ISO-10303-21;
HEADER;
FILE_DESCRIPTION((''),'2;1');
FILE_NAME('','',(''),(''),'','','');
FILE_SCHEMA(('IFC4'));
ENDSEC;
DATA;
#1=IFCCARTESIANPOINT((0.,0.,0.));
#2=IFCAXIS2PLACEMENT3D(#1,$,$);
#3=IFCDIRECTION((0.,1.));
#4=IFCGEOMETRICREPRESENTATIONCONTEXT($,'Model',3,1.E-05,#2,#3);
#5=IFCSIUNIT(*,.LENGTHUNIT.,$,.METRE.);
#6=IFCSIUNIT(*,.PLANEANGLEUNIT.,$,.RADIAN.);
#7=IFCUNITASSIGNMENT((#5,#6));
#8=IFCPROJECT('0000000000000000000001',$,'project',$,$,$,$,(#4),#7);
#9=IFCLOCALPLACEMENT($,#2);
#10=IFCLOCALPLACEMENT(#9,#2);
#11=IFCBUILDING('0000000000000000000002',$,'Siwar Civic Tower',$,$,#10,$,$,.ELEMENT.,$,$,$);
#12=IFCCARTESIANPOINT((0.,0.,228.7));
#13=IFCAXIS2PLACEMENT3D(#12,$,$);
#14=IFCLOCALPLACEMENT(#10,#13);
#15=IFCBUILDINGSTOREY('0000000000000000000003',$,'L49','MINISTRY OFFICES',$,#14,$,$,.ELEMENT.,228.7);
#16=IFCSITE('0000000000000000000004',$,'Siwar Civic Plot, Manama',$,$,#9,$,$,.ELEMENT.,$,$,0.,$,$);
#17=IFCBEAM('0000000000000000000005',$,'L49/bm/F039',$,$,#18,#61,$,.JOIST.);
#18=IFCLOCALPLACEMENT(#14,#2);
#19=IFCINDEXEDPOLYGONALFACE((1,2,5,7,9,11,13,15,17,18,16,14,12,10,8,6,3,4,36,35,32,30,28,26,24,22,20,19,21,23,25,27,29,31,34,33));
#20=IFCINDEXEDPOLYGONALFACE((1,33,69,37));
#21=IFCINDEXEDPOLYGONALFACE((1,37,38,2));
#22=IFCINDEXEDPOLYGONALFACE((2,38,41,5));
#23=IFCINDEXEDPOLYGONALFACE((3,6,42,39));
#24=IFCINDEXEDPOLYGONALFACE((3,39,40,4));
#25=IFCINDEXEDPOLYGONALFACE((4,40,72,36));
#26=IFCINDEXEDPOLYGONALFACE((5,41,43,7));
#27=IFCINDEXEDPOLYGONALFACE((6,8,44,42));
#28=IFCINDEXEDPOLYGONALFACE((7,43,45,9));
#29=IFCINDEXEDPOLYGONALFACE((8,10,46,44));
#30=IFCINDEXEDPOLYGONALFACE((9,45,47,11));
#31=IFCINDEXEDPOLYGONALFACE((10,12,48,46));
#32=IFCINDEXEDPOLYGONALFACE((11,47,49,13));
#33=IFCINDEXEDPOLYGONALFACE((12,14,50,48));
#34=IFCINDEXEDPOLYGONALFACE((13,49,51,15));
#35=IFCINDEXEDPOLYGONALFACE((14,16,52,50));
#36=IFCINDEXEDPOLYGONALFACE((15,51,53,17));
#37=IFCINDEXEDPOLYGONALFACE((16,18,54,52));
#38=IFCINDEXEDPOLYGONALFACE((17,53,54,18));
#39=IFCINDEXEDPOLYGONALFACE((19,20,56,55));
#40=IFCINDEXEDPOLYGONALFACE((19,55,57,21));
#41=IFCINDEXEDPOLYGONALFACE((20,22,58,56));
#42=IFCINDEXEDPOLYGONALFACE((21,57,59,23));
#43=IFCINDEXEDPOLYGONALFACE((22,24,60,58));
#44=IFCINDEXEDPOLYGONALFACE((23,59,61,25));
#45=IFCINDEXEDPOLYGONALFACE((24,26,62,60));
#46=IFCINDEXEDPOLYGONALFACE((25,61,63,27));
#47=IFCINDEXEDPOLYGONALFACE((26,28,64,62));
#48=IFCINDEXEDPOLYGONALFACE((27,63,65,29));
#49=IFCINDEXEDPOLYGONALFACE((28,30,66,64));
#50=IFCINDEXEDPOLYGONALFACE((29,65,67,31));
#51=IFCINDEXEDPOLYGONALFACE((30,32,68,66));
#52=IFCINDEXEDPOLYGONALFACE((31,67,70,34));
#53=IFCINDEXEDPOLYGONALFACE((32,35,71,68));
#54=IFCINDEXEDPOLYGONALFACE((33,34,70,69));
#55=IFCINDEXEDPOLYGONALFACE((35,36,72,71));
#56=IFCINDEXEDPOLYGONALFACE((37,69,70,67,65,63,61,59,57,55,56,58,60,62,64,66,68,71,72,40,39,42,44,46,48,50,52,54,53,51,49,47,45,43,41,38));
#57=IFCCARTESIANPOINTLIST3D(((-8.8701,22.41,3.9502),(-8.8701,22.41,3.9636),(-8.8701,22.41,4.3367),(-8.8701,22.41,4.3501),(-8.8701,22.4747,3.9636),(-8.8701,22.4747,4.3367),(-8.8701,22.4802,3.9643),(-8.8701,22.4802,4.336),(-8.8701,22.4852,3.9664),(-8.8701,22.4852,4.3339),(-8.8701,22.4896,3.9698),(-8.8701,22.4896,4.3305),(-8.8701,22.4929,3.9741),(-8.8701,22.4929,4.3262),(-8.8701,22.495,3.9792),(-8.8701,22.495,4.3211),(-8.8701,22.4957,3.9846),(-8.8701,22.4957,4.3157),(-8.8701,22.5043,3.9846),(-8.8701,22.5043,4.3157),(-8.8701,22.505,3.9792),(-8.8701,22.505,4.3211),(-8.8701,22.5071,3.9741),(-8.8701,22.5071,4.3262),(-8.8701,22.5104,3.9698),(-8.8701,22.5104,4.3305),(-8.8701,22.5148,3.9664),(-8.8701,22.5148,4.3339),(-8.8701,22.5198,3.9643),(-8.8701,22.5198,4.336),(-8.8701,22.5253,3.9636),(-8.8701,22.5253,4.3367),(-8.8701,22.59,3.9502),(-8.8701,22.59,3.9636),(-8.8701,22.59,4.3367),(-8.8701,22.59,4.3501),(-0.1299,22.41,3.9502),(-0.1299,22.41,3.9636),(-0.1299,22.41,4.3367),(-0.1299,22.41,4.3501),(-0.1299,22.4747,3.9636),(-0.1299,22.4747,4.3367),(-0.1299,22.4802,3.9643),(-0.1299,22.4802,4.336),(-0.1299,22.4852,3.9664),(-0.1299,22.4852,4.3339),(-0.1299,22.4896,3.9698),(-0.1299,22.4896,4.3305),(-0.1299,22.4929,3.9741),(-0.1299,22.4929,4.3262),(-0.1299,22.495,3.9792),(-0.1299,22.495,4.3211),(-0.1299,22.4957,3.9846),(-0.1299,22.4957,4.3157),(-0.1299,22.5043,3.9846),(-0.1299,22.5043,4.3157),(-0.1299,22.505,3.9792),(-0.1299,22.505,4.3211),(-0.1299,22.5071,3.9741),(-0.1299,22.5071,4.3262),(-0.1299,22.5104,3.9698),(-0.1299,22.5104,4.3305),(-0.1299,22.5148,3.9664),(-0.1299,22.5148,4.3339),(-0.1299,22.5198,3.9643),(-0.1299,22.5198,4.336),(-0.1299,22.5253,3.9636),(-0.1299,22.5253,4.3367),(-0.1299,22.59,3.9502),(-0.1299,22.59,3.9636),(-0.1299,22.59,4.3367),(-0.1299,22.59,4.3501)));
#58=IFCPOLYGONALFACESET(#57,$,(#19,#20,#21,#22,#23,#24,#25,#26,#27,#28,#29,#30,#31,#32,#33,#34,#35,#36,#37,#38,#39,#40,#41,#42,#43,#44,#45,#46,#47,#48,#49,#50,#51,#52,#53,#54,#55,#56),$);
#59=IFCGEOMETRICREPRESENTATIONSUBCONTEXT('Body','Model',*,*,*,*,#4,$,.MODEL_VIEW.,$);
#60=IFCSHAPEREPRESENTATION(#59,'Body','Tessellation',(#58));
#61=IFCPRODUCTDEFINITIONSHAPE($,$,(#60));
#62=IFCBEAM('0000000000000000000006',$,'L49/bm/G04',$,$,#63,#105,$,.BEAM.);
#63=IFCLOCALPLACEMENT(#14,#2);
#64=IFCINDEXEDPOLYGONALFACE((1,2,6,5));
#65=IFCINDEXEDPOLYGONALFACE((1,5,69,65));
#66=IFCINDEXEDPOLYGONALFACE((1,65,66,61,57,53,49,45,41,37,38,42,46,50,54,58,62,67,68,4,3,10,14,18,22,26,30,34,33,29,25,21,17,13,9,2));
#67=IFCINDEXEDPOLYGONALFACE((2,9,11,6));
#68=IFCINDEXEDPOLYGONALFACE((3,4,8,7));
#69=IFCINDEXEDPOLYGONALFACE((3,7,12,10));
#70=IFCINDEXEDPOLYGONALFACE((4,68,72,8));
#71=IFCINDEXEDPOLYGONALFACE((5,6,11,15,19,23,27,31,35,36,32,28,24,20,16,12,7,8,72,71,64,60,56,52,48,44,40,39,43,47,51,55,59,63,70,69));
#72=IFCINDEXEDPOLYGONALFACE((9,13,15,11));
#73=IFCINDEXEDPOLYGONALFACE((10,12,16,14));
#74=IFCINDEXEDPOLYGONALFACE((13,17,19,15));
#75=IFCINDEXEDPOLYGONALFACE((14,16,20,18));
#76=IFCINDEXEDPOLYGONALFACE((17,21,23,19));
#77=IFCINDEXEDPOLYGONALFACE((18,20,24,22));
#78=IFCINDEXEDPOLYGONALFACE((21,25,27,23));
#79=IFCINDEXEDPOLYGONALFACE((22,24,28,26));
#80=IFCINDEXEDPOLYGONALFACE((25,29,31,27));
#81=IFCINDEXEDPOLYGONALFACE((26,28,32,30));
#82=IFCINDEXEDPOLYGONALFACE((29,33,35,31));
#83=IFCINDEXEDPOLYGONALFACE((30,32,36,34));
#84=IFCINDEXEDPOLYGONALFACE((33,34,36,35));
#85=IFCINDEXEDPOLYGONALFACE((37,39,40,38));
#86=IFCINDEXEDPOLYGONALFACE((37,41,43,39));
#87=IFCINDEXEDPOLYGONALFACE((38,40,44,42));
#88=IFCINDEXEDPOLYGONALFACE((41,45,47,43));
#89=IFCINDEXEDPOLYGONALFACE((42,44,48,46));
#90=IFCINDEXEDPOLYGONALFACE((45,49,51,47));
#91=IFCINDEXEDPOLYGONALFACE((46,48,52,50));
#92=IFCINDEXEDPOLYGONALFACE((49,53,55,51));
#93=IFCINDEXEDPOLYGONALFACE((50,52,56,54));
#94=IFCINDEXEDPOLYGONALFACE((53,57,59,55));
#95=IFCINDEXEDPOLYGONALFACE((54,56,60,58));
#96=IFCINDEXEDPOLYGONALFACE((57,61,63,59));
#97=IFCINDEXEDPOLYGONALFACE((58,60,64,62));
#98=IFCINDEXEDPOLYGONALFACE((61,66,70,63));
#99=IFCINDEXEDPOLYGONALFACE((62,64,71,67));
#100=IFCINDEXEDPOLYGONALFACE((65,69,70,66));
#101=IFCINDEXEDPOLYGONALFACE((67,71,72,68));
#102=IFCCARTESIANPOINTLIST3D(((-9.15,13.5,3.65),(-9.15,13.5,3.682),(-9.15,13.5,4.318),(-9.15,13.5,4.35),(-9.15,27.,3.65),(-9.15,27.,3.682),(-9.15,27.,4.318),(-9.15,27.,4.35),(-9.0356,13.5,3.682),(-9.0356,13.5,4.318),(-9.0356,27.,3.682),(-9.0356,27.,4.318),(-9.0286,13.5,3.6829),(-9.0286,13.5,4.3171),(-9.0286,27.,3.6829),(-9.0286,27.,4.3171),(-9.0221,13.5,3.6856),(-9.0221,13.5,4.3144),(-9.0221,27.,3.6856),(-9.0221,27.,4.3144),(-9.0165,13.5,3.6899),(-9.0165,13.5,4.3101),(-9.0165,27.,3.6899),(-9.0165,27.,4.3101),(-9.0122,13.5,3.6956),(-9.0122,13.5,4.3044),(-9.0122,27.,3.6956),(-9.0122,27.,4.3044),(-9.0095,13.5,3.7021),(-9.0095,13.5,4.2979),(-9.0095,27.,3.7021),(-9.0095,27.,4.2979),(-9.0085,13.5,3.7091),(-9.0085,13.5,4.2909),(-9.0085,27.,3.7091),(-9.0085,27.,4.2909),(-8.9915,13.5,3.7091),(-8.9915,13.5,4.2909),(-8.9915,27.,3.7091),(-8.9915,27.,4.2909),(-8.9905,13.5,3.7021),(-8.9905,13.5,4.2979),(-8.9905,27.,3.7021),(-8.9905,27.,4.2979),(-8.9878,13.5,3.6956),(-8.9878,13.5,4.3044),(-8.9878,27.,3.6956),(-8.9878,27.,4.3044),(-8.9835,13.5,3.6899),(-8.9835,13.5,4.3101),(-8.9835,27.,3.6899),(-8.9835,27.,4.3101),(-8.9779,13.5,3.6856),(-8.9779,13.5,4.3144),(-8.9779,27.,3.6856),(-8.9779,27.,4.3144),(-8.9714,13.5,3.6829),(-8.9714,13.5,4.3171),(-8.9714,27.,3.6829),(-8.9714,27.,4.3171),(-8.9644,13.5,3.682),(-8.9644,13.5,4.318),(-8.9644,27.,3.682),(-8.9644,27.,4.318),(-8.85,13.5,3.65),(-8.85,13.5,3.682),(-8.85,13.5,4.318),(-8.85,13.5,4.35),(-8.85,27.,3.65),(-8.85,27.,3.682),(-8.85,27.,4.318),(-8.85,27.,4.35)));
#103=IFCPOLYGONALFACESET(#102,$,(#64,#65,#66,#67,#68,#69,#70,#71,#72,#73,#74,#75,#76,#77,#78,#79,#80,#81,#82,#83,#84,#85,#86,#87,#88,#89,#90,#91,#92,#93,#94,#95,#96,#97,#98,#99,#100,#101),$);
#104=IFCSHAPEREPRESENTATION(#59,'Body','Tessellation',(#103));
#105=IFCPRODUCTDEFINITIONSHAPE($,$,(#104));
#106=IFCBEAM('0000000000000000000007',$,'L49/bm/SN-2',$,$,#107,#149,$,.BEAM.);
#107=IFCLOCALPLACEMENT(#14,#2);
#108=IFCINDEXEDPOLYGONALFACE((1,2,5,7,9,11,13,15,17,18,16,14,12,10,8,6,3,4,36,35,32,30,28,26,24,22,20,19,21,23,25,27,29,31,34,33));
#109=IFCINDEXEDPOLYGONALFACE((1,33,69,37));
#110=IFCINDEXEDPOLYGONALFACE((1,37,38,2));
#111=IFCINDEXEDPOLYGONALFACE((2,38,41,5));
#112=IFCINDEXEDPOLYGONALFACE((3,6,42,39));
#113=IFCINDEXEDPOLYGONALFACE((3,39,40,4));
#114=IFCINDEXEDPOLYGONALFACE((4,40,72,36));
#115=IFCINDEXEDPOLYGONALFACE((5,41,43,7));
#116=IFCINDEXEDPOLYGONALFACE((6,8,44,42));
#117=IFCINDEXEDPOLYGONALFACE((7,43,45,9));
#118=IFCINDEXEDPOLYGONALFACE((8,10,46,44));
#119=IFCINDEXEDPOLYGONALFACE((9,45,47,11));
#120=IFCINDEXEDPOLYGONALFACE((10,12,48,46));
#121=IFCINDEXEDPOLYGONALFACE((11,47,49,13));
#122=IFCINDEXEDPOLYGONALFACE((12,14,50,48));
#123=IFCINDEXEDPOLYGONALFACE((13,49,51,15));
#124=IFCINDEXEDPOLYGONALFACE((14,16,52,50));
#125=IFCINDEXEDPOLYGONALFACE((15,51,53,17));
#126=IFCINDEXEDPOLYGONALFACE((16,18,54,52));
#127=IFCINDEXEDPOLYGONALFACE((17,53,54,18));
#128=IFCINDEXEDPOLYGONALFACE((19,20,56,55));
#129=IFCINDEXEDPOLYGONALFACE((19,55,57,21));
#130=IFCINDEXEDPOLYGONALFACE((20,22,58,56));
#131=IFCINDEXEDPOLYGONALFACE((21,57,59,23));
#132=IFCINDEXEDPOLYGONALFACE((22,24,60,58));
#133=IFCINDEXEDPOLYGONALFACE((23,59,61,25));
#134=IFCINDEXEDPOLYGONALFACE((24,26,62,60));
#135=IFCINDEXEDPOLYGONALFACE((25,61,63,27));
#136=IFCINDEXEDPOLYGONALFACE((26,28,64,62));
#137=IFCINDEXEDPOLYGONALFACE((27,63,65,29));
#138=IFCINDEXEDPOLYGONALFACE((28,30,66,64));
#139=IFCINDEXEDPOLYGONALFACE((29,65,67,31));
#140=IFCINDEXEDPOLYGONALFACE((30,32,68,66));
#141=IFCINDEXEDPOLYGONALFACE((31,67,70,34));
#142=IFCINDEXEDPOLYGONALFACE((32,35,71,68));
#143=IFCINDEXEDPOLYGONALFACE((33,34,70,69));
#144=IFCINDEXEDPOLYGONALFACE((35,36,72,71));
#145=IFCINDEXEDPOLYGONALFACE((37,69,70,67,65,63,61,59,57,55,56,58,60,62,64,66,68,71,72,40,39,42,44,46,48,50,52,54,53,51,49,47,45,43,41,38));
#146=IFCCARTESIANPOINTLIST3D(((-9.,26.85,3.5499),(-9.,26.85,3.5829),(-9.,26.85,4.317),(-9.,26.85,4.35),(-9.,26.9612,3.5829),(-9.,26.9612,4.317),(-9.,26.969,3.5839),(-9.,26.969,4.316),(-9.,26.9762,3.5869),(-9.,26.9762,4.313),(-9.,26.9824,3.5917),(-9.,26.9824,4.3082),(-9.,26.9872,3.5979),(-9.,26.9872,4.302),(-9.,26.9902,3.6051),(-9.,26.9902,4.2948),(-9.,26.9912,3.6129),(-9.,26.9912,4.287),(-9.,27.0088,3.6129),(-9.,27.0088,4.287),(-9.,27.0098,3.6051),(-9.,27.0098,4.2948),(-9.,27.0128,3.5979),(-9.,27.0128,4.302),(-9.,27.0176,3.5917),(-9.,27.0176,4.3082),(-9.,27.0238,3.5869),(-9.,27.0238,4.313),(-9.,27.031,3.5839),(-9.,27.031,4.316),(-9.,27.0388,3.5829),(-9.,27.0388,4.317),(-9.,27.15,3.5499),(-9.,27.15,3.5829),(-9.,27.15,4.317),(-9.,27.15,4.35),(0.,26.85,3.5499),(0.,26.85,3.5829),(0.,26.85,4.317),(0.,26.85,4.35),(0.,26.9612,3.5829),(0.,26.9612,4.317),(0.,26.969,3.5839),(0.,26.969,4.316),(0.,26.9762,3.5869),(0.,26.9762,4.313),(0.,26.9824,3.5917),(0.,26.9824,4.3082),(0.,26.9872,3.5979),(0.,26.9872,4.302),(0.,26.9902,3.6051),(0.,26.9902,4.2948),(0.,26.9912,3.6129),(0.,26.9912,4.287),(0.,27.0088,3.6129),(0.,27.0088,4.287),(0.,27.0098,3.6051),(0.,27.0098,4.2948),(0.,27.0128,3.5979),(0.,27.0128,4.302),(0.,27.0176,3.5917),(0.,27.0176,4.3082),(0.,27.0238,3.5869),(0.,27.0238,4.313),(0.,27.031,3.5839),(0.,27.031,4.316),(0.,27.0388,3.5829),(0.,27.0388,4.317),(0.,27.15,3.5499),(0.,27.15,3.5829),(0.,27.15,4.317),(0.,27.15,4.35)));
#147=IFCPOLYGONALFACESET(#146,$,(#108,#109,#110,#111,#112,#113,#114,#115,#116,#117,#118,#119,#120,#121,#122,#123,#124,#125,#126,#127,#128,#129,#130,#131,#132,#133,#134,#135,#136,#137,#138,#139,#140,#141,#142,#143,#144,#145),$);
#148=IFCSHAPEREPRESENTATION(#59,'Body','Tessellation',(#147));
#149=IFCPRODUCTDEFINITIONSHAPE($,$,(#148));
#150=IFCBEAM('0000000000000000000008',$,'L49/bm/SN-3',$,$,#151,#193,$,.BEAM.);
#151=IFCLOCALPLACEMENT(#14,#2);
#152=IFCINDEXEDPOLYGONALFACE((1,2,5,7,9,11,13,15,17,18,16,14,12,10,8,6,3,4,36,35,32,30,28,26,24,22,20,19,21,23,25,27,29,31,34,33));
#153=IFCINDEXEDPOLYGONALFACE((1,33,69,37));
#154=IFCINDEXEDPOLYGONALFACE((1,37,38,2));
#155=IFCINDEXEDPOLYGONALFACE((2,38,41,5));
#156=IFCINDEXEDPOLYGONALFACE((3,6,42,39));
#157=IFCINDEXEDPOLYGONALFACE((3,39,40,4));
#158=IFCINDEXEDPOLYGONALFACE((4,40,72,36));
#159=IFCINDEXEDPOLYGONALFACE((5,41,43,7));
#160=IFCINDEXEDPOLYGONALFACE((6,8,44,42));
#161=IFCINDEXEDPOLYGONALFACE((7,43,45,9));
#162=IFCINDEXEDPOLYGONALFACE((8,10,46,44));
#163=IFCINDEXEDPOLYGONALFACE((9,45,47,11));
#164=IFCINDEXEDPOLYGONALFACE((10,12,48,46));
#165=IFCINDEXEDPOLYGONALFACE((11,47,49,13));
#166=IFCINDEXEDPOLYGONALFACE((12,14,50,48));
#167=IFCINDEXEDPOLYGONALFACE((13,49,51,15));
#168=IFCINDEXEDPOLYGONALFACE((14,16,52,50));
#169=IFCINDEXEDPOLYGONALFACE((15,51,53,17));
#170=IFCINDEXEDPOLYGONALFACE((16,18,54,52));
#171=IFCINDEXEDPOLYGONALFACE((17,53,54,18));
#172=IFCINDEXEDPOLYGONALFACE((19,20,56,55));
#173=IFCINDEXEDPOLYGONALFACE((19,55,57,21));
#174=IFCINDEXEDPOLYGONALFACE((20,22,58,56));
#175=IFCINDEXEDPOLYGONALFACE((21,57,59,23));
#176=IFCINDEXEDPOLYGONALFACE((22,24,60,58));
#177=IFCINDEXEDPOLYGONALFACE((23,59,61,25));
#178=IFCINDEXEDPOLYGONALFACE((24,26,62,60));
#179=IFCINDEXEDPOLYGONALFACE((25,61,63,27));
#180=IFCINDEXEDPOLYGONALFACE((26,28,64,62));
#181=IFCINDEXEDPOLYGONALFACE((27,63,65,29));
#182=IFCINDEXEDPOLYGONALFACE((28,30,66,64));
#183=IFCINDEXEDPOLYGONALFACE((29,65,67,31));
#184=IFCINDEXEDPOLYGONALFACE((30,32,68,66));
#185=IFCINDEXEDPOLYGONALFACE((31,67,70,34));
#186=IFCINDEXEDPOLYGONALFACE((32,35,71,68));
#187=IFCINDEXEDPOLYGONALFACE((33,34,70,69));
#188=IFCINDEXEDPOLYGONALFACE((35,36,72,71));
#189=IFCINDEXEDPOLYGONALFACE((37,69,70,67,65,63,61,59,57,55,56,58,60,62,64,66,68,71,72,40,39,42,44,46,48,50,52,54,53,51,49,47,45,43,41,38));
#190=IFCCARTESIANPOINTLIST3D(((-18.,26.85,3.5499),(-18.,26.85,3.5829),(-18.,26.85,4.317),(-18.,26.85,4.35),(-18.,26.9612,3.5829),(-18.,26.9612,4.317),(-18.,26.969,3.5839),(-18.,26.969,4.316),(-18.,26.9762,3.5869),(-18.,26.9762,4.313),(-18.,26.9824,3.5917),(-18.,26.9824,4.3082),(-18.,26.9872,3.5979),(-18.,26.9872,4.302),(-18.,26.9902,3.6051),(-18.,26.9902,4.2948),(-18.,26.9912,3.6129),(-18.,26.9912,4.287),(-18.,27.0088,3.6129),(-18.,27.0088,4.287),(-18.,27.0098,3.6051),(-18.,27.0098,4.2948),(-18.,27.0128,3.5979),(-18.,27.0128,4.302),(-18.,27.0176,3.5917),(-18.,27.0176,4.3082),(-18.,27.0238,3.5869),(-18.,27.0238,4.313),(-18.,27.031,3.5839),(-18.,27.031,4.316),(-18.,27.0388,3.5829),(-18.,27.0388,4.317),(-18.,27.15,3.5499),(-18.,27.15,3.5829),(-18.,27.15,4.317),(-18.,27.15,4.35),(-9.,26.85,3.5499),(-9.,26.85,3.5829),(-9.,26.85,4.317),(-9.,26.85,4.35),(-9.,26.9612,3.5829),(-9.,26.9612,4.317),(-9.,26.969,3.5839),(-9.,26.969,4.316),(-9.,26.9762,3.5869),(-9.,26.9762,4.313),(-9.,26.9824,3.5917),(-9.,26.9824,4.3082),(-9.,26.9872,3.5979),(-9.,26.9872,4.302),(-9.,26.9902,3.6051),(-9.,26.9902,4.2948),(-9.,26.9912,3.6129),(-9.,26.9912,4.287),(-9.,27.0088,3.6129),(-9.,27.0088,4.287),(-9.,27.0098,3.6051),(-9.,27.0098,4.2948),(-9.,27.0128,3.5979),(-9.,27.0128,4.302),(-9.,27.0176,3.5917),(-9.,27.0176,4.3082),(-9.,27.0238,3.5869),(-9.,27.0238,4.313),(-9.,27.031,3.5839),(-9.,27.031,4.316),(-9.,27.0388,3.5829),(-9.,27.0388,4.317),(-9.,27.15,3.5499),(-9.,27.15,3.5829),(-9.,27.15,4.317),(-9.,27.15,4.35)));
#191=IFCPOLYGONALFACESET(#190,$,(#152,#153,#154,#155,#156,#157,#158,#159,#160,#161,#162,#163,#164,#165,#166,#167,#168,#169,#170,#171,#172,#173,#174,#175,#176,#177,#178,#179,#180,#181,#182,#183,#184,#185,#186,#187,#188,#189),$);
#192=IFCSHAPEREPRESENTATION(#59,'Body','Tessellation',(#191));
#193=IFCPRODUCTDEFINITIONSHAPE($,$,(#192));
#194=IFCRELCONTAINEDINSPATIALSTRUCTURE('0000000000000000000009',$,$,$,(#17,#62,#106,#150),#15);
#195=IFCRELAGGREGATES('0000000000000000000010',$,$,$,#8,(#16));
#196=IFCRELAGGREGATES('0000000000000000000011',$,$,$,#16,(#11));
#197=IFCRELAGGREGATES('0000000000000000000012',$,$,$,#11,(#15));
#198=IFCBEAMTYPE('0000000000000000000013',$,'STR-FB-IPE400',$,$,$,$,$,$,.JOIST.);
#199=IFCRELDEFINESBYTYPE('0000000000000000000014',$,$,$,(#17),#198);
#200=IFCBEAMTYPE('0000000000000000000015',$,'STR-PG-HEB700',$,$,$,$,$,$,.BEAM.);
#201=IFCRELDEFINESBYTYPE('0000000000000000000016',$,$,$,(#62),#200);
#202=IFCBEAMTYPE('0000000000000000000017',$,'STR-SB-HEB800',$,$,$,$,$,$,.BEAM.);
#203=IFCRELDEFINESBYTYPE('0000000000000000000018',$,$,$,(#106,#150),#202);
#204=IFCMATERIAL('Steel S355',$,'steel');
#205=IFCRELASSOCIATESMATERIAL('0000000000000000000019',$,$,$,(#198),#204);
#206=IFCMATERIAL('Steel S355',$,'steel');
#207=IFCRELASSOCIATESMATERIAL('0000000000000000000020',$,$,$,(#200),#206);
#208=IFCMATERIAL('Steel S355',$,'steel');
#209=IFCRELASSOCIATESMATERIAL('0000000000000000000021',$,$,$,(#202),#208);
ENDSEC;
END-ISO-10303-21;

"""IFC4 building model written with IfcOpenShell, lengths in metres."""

from ifc_helpers import new_model, si_unit, direction, frame, origin, origin_2d, place, context, subcontext, project, spatial, i_section, extrude, material, material_profile, profile_set, type_object, element, save


model = new_model("IFC4")

# Units and contexts
model_context = context("Model", 3, precision=1e-05, world=origin(), true_north=direction((0.0, 1.0)))
body_context = subcontext(model_context, "Body", "Model", "MODEL_VIEW")
ifc_project = project(units=[si_unit("LENGTHUNIT", "METRE"), si_unit("PLANEANGLEUNIT", "RADIAN")], contexts=[model_context])

# Site, building, storey
site_placement = place(None, origin())
site = spatial("IfcSite", under=ifc_project, at=site_placement, Name="Siwar Civic Plot, Manama", CompositionType="ELEMENT", RefElevation=0.0)
building_placement = place(site_placement, origin())
building = spatial("IfcBuilding", under=site, at=building_placement, Name="Siwar Civic Tower", CompositionType="ELEMENT")
storey_placement = place(building_placement, frame((0.0, 0.0, 228.7)))
storey = spatial("IfcBuildingStorey", under=building, at=storey_placement, Name="L49", Description="MINISTRY OFFICES", CompositionType="ELEMENT", Elevation=228.7)

# Beams
ifc_material_1 = material(Name="Steel S355", Category="steel")
ifc_material_profile_1 = material_profile(ifc_material_1, i_section(OverallWidth=0.1799, OverallDepth=0.3999, WebThickness=0.0085, FlangeThickness=0.0134, FilletRadius=0.021, at=origin_2d()), Name="IPE400")
ifc_profile_set_1 = profile_set([ifc_material_profile_1], Name="Steel S355")
beam_type_1 = type_object("IfcBeamType", Name="STR-FB-IPE400", PredefinedType="JOIST", material=ifc_profile_set_1)
for number, where, z_axis, x_axis, name in (
    (1, (-8.8701, 22.5, 4.1501), (1.0, 0.0, 0.0), (0.0, 1.0, 0.0), "L49/bm/F039"),
):
    element("IfcBeam", number, at=place(storey_placement, frame(where, z_axis=z_axis, x_axis=x_axis)), inside=storey, type_object=beam_type_1, Name=name, PredefinedType="JOIST", context=body_context, shape_type="SweptSolid", body=[
        extrude(i_section(OverallWidth=0.1799, OverallDepth=0.3999, WebThickness=0.0085, FlangeThickness=0.0134, FilletRadius=0.021, at=origin_2d()), origin(), (0.0, 0.0, 1.0), 8.7402),
    ])
ifc_material_2 = material(Name="Steel S355", Category="steel")
ifc_material_profile_2 = material_profile(ifc_material_2, i_section(OverallWidth=0.3, OverallDepth=0.7, WebThickness=0.0171, FlangeThickness=0.032, FilletRadius=0.0271, at=origin_2d()), Name="HEB700")
ifc_profile_set_2 = profile_set([ifc_material_profile_2], Name="Steel S355")
beam_type_2 = type_object("IfcBeamType", Name="STR-PG-HEB700", PredefinedType="BEAM", material=ifc_profile_set_2)
beam_1_placement = place(storey_placement, frame((-9.0, 13.5, 4.0), z_axis=(0.0, 1.0, 0.0), x_axis=(-1.0, 0.0, 0.0)))
element("IfcBeam", 2, at=beam_1_placement, inside=storey, type_object=beam_type_2, Name="L49/bm/G04", PredefinedType="BEAM", context=body_context, shape_type="SweptSolid", body=[
    extrude(i_section(OverallWidth=0.3, OverallDepth=0.7, WebThickness=0.0171, FlangeThickness=0.032, FilletRadius=0.0271, at=origin_2d()), origin(), (0.0, 0.0, 1.0), 13.5),
])
ifc_material_3 = material(Name="Steel S355", Category="steel")
ifc_material_profile_3 = material_profile(ifc_material_3, i_section(OverallWidth=0.3, OverallDepth=0.8, WebThickness=0.0176, FlangeThickness=0.033, FilletRadius=0.03, at=origin_2d()), Name="HEB800")
ifc_profile_set_3 = profile_set([ifc_material_profile_3], Name="Steel S355")
beam_type_3 = type_object("IfcBeamType", Name="STR-SB-HEB800", PredefinedType="BEAM", material=ifc_profile_set_3)
for number, where, z_axis, x_axis, name in (
    (3, (0.0, 27.0, 3.95), (-1.0, 0.0, 0.0), (0.0, -1.0, 0.0), "L49/bm/SN-2"),
    (4, (-9.0, 27.0, 3.95), (-1.0, 0.0, 0.0), (0.0, -1.0, 0.0), "L49/bm/SN-3"),
):
    element("IfcBeam", number, at=place(storey_placement, frame(where, z_axis=z_axis, x_axis=x_axis)), inside=storey, type_object=beam_type_3, Name=name, PredefinedType="BEAM", context=body_context, shape_type="SweptSolid", body=[
        extrude(i_section(OverallWidth=0.3, OverallDepth=0.8, WebThickness=0.0176, FlangeThickness=0.033, FilletRadius=0.03, at=origin_2d()), origin(), (0.0, 0.0, 1.0), 9.0),
    ])

save(model, "model.ifc")
